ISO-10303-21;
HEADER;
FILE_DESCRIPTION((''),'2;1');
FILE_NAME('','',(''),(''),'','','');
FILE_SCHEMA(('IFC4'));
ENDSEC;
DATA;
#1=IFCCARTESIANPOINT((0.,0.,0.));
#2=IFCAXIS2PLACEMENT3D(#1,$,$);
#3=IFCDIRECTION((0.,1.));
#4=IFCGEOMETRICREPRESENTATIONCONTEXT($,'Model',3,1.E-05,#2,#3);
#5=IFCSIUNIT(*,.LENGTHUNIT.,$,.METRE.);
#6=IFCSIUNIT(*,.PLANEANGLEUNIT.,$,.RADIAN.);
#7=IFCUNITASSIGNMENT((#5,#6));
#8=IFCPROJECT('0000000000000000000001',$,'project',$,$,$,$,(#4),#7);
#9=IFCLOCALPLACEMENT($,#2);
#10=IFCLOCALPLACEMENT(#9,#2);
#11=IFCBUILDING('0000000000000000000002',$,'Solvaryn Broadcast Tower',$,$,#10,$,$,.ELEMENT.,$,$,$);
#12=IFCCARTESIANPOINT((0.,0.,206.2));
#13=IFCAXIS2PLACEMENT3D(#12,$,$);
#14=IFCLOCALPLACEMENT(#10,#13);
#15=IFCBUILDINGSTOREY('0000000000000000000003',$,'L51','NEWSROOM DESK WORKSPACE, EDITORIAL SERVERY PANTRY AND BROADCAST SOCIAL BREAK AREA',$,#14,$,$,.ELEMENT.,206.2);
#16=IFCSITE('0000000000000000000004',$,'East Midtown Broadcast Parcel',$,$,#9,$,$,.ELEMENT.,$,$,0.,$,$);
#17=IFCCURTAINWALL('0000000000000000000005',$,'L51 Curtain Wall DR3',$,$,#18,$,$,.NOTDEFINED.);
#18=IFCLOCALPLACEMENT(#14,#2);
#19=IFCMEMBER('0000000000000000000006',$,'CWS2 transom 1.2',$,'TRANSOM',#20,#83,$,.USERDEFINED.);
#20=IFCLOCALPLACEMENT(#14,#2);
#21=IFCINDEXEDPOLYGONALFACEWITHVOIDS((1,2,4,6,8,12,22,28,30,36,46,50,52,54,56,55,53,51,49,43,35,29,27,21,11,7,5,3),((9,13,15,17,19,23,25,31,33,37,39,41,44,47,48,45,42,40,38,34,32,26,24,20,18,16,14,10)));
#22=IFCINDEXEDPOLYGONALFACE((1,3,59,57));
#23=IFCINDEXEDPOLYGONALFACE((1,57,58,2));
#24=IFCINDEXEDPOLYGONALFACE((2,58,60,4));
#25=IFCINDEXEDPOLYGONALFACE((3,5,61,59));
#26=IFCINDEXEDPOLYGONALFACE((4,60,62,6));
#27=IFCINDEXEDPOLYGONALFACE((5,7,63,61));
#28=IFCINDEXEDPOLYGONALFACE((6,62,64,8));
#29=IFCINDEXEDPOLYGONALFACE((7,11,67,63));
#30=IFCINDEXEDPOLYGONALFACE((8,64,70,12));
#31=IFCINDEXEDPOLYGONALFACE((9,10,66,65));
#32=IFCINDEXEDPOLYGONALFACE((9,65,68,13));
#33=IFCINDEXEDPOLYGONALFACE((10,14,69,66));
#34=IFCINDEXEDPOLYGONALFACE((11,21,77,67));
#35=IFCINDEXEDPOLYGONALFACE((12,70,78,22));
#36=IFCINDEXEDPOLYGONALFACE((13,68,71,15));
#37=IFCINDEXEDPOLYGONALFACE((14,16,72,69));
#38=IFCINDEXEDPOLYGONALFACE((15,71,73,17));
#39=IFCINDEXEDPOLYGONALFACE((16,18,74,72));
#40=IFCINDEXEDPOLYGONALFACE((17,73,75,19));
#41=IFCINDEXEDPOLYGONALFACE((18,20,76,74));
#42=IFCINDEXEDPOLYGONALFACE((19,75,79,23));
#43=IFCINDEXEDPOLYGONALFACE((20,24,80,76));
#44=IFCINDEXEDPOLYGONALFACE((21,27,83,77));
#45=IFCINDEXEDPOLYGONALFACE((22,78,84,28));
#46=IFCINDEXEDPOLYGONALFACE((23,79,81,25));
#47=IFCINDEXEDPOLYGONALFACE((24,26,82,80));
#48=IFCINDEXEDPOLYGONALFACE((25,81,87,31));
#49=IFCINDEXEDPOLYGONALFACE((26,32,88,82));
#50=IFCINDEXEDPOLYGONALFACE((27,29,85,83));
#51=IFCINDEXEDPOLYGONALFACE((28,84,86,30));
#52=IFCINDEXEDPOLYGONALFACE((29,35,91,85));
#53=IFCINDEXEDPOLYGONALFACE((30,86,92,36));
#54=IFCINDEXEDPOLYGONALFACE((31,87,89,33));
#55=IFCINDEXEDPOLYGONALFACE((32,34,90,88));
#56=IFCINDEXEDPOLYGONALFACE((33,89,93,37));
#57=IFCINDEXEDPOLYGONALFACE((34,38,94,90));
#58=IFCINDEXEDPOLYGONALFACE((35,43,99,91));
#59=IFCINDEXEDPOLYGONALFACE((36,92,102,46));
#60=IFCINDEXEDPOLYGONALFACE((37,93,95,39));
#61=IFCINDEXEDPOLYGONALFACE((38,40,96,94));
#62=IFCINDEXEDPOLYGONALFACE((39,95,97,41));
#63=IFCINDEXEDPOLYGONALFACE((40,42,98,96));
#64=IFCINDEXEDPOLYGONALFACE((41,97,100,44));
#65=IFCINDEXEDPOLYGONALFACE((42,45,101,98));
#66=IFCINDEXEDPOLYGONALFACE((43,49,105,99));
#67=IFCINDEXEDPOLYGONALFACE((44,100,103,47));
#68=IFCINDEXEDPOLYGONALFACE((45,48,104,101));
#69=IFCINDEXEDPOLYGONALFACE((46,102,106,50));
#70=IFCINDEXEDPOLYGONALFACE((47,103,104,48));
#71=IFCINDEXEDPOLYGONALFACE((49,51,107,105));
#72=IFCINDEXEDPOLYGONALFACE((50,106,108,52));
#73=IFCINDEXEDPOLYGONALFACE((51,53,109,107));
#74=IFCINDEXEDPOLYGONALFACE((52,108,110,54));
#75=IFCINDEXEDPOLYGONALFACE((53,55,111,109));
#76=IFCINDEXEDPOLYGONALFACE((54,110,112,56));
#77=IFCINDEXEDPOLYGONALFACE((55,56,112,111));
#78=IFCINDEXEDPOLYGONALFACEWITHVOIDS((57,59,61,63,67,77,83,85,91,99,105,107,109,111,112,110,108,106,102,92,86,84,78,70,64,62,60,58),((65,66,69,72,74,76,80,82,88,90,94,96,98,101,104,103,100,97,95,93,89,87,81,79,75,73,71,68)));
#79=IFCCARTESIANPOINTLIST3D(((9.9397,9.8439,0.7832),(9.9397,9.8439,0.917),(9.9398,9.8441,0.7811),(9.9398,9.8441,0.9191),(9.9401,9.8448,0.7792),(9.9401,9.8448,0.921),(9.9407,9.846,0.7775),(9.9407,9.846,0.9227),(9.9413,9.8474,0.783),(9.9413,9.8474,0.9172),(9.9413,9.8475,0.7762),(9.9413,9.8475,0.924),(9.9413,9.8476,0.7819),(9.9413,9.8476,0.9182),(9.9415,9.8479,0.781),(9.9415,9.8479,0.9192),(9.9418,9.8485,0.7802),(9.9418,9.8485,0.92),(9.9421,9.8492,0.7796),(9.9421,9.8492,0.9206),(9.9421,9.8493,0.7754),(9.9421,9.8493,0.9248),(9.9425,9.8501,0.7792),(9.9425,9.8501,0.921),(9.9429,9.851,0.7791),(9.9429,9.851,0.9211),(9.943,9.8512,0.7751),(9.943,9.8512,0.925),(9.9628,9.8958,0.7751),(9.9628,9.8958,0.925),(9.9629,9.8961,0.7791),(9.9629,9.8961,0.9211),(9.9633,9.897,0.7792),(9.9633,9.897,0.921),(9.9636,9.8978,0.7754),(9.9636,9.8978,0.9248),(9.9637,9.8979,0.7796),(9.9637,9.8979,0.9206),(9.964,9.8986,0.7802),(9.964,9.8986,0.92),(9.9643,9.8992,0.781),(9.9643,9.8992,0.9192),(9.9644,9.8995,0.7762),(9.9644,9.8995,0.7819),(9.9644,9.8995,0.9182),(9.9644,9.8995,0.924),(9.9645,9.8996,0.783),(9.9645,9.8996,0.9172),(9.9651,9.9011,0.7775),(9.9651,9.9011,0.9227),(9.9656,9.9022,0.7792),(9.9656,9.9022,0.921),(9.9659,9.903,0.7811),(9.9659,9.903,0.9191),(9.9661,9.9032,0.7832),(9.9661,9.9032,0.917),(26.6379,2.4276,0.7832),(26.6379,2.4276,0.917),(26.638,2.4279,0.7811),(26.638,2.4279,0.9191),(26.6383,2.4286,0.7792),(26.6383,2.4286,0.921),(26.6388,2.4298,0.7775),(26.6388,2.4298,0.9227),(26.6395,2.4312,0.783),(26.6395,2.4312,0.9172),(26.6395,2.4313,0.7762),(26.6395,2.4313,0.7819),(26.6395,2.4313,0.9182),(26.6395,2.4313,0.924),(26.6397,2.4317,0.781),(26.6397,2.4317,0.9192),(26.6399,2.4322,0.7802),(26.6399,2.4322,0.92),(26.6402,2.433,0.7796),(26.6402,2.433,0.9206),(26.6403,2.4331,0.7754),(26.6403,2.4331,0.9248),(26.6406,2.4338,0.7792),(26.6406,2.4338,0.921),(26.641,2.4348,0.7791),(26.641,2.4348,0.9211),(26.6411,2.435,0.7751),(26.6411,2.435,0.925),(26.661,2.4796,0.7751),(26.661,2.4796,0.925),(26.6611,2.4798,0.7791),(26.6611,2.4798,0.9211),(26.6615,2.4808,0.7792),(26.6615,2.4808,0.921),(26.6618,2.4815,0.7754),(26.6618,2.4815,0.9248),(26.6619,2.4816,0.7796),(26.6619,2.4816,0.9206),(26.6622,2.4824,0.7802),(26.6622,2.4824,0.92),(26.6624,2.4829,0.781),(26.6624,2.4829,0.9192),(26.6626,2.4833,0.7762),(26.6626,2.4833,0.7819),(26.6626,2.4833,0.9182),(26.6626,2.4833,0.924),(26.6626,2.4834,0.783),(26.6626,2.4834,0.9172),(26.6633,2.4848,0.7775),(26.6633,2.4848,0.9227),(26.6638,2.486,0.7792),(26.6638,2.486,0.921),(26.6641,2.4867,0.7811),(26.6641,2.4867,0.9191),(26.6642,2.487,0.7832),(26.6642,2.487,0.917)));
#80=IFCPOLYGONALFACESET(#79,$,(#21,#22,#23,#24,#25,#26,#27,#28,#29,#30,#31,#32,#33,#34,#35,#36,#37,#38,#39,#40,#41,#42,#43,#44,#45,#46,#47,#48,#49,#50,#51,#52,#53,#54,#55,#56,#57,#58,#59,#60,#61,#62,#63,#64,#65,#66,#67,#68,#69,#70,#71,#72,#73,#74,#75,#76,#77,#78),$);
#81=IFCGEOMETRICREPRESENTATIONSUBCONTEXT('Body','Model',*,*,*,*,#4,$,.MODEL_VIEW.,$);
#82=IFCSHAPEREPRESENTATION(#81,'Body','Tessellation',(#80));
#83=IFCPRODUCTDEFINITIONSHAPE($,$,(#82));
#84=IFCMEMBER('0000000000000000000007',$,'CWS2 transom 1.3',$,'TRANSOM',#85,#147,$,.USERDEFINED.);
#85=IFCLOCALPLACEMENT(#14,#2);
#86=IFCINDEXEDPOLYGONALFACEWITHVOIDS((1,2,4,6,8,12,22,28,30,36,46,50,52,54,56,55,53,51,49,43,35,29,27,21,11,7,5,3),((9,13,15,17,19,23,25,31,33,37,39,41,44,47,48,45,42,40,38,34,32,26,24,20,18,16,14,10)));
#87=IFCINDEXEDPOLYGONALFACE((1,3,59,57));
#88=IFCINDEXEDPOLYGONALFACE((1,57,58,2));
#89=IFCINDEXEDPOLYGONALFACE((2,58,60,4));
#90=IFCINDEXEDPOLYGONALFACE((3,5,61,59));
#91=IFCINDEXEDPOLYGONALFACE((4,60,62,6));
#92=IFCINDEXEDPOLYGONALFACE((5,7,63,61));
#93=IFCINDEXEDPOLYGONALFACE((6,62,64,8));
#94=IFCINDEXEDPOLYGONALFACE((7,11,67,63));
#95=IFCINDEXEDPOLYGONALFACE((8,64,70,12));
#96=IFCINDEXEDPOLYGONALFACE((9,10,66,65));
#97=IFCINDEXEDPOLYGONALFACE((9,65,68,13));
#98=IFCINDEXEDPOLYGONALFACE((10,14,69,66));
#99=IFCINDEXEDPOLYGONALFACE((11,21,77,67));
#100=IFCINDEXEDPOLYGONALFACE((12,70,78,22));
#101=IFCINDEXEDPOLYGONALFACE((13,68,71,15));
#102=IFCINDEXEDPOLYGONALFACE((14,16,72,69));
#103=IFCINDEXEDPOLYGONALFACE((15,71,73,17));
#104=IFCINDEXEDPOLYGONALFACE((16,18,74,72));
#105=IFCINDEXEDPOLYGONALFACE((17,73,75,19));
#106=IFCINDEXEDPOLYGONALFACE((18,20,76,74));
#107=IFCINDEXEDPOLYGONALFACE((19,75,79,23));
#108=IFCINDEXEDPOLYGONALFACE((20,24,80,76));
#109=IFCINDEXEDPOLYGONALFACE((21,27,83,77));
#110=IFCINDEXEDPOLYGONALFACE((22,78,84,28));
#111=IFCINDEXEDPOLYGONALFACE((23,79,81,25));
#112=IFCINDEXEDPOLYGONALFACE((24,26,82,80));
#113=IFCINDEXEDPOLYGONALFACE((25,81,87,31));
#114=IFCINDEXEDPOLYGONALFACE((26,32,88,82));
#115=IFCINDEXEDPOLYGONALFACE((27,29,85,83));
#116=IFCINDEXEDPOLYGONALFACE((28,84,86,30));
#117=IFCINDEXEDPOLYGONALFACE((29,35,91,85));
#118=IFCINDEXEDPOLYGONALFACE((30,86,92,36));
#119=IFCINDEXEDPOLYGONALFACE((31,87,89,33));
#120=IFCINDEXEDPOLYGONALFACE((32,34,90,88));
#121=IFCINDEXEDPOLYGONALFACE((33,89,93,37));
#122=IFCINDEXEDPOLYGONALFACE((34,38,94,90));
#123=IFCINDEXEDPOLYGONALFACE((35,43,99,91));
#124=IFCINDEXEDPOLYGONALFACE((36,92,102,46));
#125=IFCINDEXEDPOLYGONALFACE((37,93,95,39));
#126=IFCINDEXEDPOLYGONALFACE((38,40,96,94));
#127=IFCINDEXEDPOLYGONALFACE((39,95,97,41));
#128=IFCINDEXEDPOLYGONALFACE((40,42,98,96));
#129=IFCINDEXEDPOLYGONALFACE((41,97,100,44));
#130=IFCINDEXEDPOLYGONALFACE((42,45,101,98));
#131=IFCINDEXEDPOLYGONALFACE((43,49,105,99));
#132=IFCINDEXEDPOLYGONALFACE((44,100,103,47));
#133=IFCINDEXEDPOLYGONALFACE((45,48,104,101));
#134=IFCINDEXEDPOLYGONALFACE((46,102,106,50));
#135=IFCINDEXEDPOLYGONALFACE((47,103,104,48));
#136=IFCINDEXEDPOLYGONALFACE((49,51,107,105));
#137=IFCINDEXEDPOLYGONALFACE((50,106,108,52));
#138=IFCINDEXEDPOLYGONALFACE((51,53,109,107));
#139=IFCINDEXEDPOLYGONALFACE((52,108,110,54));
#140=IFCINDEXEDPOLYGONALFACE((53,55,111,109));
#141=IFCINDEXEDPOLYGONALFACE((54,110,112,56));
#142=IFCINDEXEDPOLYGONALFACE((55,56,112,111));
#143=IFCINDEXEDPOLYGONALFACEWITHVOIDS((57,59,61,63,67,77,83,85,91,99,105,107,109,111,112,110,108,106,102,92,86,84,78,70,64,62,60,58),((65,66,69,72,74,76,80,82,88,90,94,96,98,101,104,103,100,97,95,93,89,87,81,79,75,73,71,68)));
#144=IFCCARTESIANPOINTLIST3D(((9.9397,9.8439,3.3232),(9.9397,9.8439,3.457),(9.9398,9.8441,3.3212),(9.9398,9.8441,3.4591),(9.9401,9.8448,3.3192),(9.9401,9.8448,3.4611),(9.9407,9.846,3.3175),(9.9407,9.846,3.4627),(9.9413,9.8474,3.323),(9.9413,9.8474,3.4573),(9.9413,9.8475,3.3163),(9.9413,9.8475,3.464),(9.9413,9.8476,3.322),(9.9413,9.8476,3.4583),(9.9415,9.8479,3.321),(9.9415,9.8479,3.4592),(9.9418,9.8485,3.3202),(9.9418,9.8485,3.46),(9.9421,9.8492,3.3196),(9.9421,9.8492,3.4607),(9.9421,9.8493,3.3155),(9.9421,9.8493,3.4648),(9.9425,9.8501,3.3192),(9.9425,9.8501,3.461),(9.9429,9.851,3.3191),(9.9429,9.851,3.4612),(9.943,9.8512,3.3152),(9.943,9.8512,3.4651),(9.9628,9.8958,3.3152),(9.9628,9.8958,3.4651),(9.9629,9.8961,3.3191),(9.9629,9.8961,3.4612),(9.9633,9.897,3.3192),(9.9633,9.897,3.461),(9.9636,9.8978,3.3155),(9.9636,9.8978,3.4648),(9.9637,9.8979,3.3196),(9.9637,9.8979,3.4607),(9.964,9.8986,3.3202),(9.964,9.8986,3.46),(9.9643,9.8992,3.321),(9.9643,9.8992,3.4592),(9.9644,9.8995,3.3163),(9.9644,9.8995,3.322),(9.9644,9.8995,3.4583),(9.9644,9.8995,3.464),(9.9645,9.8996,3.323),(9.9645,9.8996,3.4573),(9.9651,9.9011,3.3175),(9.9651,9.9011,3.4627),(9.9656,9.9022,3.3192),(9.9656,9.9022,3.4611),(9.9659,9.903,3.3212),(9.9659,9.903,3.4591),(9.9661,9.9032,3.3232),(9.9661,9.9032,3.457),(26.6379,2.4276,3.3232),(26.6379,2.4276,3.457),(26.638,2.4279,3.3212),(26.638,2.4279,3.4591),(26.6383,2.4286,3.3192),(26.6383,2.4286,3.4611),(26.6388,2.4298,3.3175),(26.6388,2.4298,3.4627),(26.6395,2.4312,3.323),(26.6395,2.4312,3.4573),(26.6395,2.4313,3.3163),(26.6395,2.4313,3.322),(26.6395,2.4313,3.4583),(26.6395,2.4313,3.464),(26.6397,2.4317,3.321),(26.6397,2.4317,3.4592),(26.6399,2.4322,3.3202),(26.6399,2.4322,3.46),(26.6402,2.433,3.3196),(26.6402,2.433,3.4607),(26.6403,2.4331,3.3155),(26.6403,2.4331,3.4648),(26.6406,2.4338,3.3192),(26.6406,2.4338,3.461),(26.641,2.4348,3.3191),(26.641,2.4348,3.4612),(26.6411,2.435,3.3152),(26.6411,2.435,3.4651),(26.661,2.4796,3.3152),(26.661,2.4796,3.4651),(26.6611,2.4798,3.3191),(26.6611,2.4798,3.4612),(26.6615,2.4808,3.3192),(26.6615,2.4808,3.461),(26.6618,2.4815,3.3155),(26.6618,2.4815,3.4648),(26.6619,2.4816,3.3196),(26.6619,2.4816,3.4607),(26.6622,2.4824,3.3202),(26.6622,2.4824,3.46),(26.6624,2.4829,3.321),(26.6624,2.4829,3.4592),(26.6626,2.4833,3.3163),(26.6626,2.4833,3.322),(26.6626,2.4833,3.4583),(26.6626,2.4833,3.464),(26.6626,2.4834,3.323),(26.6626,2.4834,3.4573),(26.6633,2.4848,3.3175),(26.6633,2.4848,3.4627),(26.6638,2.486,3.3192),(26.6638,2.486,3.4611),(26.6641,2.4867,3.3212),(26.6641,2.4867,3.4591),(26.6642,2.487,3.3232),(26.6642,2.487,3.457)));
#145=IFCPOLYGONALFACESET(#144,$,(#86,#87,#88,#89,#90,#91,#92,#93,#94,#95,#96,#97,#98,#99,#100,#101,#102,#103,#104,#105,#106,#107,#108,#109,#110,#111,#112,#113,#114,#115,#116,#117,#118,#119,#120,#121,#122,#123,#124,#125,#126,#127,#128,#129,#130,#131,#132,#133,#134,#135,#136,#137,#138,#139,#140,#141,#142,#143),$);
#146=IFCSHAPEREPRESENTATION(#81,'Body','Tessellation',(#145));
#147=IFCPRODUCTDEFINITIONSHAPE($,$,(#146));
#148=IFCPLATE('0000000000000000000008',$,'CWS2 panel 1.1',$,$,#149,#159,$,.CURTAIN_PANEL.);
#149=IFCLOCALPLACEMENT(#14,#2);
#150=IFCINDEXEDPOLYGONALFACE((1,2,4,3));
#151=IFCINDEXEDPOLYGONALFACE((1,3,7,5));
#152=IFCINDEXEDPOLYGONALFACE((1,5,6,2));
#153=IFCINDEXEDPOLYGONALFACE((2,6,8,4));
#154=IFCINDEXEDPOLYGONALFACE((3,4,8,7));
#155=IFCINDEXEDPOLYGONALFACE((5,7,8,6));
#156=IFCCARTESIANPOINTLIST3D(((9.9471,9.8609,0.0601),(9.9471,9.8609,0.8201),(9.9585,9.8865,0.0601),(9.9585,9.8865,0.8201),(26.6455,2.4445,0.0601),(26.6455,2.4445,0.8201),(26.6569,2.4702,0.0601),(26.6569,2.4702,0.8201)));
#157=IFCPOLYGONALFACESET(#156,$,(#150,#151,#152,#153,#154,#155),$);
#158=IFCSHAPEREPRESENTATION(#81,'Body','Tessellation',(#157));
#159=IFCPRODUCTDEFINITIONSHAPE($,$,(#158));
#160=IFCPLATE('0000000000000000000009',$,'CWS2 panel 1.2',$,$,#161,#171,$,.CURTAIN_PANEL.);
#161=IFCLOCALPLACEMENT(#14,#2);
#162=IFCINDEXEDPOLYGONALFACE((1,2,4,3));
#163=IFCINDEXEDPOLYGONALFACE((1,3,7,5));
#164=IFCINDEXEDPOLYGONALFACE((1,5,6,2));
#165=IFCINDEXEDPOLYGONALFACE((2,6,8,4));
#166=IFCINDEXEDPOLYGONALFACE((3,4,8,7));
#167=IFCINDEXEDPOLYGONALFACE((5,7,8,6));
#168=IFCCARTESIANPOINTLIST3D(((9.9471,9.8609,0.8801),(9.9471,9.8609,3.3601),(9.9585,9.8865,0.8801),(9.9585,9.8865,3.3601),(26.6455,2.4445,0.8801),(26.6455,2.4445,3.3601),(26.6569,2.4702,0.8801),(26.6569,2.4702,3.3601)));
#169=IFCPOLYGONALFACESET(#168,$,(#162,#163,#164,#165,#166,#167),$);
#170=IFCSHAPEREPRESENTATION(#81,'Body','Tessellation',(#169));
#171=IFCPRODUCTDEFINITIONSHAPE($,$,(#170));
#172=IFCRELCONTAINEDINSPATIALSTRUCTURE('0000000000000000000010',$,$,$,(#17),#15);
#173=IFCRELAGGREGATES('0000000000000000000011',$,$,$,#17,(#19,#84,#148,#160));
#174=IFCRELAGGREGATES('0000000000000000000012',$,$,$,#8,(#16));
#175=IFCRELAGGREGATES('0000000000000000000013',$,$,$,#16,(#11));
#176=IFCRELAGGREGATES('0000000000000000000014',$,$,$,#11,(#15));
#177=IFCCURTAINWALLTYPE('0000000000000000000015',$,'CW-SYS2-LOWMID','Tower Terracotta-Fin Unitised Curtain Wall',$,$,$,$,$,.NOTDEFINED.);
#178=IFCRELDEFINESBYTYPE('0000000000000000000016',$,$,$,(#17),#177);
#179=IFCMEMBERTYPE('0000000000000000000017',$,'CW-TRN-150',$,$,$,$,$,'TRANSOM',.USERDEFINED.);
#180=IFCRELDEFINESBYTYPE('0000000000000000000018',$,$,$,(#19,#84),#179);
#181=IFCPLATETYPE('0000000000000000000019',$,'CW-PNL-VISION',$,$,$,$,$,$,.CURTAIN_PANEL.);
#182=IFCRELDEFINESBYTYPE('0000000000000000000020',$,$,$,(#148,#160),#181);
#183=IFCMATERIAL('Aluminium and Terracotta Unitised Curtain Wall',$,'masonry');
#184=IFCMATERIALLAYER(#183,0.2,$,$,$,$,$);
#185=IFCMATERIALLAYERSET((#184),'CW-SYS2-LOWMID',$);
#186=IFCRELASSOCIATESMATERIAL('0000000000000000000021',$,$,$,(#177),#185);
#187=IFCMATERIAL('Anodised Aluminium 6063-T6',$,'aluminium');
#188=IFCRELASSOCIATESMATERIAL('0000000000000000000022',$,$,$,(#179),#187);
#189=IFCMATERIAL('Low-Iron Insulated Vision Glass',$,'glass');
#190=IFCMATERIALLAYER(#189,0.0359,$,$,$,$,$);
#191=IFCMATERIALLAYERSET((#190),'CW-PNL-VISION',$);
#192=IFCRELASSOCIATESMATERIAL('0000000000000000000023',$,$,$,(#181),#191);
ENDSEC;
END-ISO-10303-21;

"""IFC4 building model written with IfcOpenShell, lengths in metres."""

from ifc_helpers import new_model, si_unit, direction, frame, origin, origin_2d, place, context, subcontext, project, spatial, rectangle, hollow_rectangle, extrude, material, layer, layer_set, material_profile, profile_set, type_object, element, aggregate, save


model = new_model("IFC4")

# Units and contexts
model_context = context("Model", 3, precision=1e-05, world=origin(), true_north=direction((0.0, 1.0)))
body_context = subcontext(model_context, "Body", "Model", "MODEL_VIEW")
ifc_project = project(units=[si_unit("LENGTHUNIT", "METRE"), si_unit("PLANEANGLEUNIT", "RADIAN")], contexts=[model_context])

# Site, building, storey
site_placement = place(None, origin())
site = spatial("IfcSite", under=ifc_project, at=site_placement, Name="East Midtown Broadcast Parcel", CompositionType="ELEMENT", RefElevation=0.0)
building_placement = place(site_placement, origin())
building = spatial("IfcBuilding", under=site, at=building_placement, Name="Solvaryn Broadcast Tower", CompositionType="ELEMENT")
storey_placement = place(building_placement, frame((0.0, 0.0, 206.2)))
storey = spatial("IfcBuildingStorey", under=building, at=storey_placement, Name="L51", Description="NEWSROOM DESK WORKSPACE, EDITORIAL SERVERY PANTRY AND BROADCAST SOCIAL BREAK AREA", CompositionType="ELEMENT", Elevation=206.2)

# Curtain wall, members, plates
ifc_material_1 = material(Name="Aluminium and Terracotta Unitised Curtain Wall", Category="masonry")
ifc_layer_1 = layer(ifc_material_1, 0.2)
ifc_layer_set_1 = layer_set([ifc_layer_1], Name="CW-SYS2-LOWMID")
curtain_wall_type = type_object("IfcCurtainWallType", Name="CW-SYS2-LOWMID", Description="Tower Terracotta-Fin Unitised Curtain Wall", PredefinedType="NOTDEFINED", material=ifc_layer_set_1)
curtain_wall_placement = place(storey_placement, origin())
curtain_wall = element("IfcCurtainWall", 1, at=curtain_wall_placement, inside=storey, type_object=curtain_wall_type, Name="L51 Curtain Wall DR3", PredefinedType="NOTDEFINED")
ifc_material_2 = material(Name="Anodised Aluminium 6063-T6", Category="aluminium")
ifc_material_profile_1 = material_profile(ifc_material_2, hollow_rectangle(XDim=0.0649, YDim=0.1499, WallThickness=0.0039, InnerFilletRadius=0.0039, OuterFilletRadius=0.0081, at=origin_2d()))
ifc_profile_set_1 = profile_set([ifc_material_profile_1], Name="Anodised Aluminium 6063-T6")
member_type_1 = type_object("IfcMemberType", Name="CW-TRN-150", ElementType="TRANSOM", PredefinedType="USERDEFINED", material=ifc_profile_set_1)
member_1_placement = place(storey_placement, frame((9.9529, 9.8735, 0.8501), z_axis=(0.913917, -0.405902, 0.0), x_axis=(0.405902, 0.913917, 0.0)))
member_1 = element("IfcMember", 2, at=member_1_placement, type_object=member_type_1, Name="CWS2 transom 1.2", ObjectType="TRANSOM", PredefinedType="USERDEFINED", context=body_context, shape_type="SweptSolid", body=[
    extrude(hollow_rectangle(XDim=0.0649, YDim=0.1499, WallThickness=0.0039, InnerFilletRadius=0.0039, OuterFilletRadius=0.0081, at=origin_2d()), origin(), (0.0, 0.0, 1.0), 18.271),
])
member_2_placement = place(storey_placement, frame((9.9529, 9.8735, 3.3901), z_axis=(0.913917, -0.405902, 0.0), x_axis=(0.405902, 0.913917, 0.0)))
member_2 = element("IfcMember", 3, at=member_2_placement, type_object=member_type_1, Name="CWS2 transom 1.3", ObjectType="TRANSOM", PredefinedType="USERDEFINED", context=body_context, shape_type="SweptSolid", body=[
    extrude(hollow_rectangle(XDim=0.0649, YDim=0.1499, WallThickness=0.0039, InnerFilletRadius=0.0039, OuterFilletRadius=0.0081, at=origin_2d()), origin(), (0.0, 0.0, 1.0), 18.271),
])
ifc_material_3 = material(Name="Low-Iron Insulated Vision Glass", Category="glass")
ifc_layer_2 = layer(ifc_material_3, 0.0359)
ifc_layer_set_2 = layer_set([ifc_layer_2], Name="CW-PNL-VISION")
plate_type = type_object("IfcPlateType", Name="CW-PNL-VISION", PredefinedType="CURTAIN_PANEL", material=ifc_layer_set_2)
plate_1_placement = place(storey_placement, frame((18.302, 6.1655, 0.0601), z_axis=(0.0, 0.0, 1.0), x_axis=(0.913917, -0.405901, 0.0)))
plate_1 = element("IfcPlate", 4, at=plate_1_placement, type_object=plate_type, Name="CWS2 panel 1.1", PredefinedType="CURTAIN_PANEL", context=body_context, shape_type="SweptSolid", body=[
    extrude(rectangle(XDim=18.2712, YDim=0.0281, at=origin_2d()), origin(), (0.0, 0.0, 1.0), 0.76),
])
plate_2_placement = place(storey_placement, frame((18.302, 6.1655, 0.8801), z_axis=(0.0, 0.0, 1.0), x_axis=(0.913917, -0.405901, 0.0)))
plate_2 = element("IfcPlate", 5, at=plate_2_placement, type_object=plate_type, Name="CWS2 panel 1.2", PredefinedType="CURTAIN_PANEL", context=body_context, shape_type="SweptSolid", body=[
    extrude(rectangle(XDim=18.2712, YDim=0.0281, at=origin_2d()), origin(), (0.0, 0.0, 1.0), 2.48),
])
aggregate(curtain_wall, [member_1, member_2, plate_1, plate_2])

save(model, "model.ifc")
